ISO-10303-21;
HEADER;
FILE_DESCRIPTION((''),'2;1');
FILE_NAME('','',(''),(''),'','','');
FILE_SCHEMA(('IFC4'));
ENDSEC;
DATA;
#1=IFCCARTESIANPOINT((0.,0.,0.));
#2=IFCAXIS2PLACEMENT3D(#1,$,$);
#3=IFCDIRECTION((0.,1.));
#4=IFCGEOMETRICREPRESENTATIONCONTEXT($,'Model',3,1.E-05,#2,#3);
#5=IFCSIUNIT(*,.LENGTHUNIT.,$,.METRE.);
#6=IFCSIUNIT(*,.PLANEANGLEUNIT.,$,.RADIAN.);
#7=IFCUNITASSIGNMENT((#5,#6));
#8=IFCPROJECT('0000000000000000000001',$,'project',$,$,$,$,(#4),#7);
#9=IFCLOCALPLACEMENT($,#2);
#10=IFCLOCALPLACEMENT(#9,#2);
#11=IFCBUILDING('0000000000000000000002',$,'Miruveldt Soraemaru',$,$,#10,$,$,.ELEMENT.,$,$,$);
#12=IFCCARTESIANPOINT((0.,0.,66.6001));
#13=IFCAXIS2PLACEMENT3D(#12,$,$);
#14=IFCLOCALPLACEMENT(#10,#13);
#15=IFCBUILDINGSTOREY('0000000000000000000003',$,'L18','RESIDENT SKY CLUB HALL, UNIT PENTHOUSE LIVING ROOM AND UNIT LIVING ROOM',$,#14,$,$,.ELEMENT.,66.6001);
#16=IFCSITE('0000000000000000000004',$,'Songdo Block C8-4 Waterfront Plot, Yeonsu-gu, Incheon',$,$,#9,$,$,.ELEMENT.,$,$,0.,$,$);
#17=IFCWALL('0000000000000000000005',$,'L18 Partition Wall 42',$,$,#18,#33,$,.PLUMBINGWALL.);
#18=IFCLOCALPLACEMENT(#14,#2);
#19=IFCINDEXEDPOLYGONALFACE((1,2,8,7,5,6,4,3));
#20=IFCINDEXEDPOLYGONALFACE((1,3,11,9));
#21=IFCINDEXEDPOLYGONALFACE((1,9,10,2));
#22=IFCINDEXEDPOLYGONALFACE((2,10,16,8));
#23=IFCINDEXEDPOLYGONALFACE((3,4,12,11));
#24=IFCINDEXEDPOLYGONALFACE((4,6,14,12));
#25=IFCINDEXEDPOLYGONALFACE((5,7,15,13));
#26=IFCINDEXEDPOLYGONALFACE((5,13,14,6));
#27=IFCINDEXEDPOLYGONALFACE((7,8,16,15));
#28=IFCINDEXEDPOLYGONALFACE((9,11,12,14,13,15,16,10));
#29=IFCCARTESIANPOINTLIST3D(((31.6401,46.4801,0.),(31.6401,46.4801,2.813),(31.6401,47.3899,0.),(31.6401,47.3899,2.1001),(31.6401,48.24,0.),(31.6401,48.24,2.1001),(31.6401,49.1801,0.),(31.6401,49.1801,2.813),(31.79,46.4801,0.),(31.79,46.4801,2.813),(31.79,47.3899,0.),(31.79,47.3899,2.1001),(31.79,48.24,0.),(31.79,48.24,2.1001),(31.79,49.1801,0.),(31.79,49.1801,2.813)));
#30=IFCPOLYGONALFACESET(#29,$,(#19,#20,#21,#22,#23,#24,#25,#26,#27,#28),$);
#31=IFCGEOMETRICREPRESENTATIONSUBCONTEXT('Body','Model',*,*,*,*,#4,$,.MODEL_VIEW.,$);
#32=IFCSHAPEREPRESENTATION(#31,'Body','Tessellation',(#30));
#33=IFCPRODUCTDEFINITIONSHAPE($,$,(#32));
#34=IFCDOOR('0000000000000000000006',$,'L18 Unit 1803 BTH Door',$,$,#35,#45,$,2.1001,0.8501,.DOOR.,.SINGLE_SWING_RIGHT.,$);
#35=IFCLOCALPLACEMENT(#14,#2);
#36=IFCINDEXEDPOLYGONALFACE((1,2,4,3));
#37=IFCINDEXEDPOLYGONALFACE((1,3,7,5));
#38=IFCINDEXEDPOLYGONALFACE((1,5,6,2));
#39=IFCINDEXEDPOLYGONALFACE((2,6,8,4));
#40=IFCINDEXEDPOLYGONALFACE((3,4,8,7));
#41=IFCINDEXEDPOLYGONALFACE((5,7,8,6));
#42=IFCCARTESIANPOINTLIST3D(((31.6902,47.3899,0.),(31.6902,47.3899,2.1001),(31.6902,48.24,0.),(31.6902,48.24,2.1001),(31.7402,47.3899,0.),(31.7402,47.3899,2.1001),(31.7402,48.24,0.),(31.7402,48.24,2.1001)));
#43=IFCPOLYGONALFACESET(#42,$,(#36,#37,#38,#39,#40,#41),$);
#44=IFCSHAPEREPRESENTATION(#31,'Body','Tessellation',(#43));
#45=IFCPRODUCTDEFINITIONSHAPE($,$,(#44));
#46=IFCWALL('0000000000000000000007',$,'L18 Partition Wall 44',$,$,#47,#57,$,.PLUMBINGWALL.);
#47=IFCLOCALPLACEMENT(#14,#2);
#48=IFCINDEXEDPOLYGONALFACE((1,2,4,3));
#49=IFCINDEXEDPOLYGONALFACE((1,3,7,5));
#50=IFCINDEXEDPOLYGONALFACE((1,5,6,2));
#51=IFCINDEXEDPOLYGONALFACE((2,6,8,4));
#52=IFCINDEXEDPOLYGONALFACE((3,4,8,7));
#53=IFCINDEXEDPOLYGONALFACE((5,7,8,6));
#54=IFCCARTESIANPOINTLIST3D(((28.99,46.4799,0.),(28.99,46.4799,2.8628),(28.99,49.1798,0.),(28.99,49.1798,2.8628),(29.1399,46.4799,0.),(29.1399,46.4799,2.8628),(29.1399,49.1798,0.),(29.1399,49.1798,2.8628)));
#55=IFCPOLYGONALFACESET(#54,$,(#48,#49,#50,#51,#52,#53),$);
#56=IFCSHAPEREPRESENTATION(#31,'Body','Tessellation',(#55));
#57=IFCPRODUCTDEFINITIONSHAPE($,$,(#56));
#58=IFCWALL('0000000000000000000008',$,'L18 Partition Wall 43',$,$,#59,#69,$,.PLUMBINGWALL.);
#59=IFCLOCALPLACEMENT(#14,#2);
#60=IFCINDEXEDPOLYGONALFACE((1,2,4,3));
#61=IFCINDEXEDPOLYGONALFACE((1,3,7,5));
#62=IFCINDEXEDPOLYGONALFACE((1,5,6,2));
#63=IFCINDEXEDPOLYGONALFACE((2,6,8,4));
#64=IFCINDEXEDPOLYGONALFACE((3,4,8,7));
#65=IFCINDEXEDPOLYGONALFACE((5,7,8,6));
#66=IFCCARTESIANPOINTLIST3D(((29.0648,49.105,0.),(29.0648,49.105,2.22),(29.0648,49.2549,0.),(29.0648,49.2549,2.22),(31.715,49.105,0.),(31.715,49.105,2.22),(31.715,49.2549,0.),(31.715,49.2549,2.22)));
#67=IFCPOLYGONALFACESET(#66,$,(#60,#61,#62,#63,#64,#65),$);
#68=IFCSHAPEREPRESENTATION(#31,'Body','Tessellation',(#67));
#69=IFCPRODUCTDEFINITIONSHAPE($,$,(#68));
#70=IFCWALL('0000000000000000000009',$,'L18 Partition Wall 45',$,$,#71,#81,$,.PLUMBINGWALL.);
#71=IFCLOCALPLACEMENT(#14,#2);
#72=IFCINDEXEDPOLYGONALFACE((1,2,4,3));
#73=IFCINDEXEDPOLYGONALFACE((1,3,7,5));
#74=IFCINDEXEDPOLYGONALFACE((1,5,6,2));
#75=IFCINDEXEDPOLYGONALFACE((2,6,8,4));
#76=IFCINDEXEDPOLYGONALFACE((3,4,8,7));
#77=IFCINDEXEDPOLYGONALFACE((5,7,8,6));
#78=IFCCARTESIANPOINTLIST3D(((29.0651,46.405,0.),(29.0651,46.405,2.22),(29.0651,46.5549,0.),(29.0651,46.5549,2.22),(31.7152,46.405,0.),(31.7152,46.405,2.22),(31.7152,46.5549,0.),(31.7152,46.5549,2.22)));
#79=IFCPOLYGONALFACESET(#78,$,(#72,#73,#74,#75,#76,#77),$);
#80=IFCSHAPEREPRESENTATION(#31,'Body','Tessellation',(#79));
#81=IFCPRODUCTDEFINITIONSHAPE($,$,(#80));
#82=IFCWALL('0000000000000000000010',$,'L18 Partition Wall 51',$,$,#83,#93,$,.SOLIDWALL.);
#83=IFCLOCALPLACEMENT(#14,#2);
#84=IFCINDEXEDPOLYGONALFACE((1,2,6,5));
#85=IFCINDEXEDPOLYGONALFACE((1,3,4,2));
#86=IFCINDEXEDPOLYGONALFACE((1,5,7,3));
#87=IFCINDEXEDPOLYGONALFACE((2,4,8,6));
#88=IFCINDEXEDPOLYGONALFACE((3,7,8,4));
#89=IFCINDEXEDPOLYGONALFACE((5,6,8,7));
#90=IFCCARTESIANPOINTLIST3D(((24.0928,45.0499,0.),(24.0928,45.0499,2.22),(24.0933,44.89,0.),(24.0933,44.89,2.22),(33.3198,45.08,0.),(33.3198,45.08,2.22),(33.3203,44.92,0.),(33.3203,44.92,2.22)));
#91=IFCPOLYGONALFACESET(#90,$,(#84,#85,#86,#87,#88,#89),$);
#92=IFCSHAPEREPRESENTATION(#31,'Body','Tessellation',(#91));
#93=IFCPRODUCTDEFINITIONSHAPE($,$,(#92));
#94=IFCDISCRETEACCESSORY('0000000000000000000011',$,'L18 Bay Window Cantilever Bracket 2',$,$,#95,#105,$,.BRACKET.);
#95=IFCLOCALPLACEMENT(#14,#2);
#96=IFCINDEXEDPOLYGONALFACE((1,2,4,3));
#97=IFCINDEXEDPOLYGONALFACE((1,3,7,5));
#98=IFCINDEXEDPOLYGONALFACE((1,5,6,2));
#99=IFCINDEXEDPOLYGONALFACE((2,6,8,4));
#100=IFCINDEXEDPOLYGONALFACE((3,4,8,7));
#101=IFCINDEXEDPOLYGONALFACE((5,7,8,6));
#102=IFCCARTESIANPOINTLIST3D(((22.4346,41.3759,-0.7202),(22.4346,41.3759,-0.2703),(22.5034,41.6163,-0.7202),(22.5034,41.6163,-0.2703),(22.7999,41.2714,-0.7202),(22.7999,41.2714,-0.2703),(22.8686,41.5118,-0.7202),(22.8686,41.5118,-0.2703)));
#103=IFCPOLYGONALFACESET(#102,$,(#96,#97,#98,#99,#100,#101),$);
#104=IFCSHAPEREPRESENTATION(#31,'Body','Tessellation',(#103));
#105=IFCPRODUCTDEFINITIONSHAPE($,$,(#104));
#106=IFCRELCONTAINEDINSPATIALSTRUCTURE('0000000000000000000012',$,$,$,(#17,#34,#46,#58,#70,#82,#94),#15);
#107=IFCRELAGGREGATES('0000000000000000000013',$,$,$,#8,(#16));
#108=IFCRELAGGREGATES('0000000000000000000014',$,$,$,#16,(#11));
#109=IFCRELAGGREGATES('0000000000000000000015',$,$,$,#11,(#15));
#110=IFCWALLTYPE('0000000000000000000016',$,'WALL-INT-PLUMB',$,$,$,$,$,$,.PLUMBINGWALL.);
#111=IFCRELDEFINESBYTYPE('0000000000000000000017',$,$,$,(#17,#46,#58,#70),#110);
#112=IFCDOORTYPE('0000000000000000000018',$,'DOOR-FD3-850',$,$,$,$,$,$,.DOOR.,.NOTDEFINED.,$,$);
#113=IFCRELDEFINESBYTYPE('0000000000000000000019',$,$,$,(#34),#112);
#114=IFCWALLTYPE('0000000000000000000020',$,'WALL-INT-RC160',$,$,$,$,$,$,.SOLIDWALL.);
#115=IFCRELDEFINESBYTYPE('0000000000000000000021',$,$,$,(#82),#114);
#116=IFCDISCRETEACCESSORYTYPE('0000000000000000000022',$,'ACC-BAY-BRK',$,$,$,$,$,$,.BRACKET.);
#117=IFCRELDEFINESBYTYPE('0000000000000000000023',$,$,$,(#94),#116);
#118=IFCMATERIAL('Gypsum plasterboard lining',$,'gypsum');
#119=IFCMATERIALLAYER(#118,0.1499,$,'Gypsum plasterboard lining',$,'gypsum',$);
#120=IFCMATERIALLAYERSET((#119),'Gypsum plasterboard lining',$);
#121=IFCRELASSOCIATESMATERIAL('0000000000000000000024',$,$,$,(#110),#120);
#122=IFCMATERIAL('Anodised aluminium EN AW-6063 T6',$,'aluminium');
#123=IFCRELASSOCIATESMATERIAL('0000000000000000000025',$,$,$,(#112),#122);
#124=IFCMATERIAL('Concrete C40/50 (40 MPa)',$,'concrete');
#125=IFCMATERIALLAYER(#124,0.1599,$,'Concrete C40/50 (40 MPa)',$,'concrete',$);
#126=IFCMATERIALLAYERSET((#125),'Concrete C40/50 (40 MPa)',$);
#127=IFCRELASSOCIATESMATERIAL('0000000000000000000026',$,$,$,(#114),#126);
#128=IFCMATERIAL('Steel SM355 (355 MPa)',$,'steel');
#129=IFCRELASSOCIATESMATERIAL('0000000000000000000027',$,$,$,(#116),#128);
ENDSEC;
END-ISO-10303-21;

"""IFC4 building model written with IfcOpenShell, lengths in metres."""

from ifc_helpers import new_model, si_unit, direction, frame, frame_2d, origin, origin_2d, place, context, subcontext, project, spatial, rectangle, extrude, material, layer, layer_set, type_object, element, fill, save


model = new_model("IFC4")

# Units and contexts
model_context = context("Model", 3, precision=1e-05, world=origin(), true_north=direction((0.0, 1.0)))
body_context = subcontext(model_context, "Body", "Model", "MODEL_VIEW")
ifc_project = project(units=[si_unit("LENGTHUNIT", "METRE"), si_unit("PLANEANGLEUNIT", "RADIAN")], contexts=[model_context])

# Site, building, storey
site_placement = place(None, origin())
site = spatial("IfcSite", under=ifc_project, at=site_placement, Name="Songdo Block C8-4 Waterfront Plot, Yeonsu-gu, Incheon", CompositionType="ELEMENT", RefElevation=0.0)
building_placement = place(site_placement, origin())
building = spatial("IfcBuilding", under=site, at=building_placement, Name="Miruveldt Soraemaru", CompositionType="ELEMENT")
storey_placement = place(building_placement, frame((0.0, 0.0, 66.6001)))
storey = spatial("IfcBuildingStorey", under=building, at=storey_placement, Name="L18", Description="RESIDENT SKY CLUB HALL, UNIT PENTHOUSE LIVING ROOM AND UNIT LIVING ROOM", CompositionType="ELEMENT", Elevation=66.6001)

# Shared definitions
ifc_material_1 = material(Name="Steel SM355 (355 MPa)", Category="steel")

# Shared definitions
ifc_material_2 = material(Name="Gypsum plasterboard lining", Category="gypsum")
ifc_material_3 = material(Name="Anodised aluminium EN AW-6063 T6", Category="aluminium")

# Wall, opening, door
ifc_layer_1 = layer(ifc_material_2, 0.1499, Name="Gypsum plasterboard lining", Category="gypsum")
ifc_layer_set_1 = layer_set([ifc_layer_1], Name="Gypsum plasterboard lining")
wall_type_1 = type_object("IfcWallType", Name="WALL-INT-PLUMB", PredefinedType="PLUMBINGWALL", material=ifc_layer_set_1)
wall_1_placement = place(storey_placement, frame((31.7151, 46.48, 0.0), z_axis=(0.0, 0.0, 1.0), x_axis=(0.0, 1.0, 0.0)))
wall_1 = element("IfcWall", 1, at=wall_1_placement, inside=storey, type_object=wall_type_1, Name="L18 Partition Wall 42", PredefinedType="PLUMBINGWALL", context=body_context, shape_type="SweptSolid", body=[
    extrude(rectangle(XDim=2.7, YDim=0.1499, at=frame_2d((1.3501, 0.0))), origin(), (0.0, 0.0, 1.0), 2.813),
])
opening_1_placement = place(wall_1_placement, frame((0.9099, 0.0, 0.0)))
opening_1 = element("IfcOpeningElement", 2, at=opening_1_placement, cuts=wall_1, PredefinedType="OPENING", context=body_context, shape_type="SweptSolid", body=[
    extrude(rectangle(XDim=0.8501, YDim=2.1001, at=frame_2d((0.425, 1.05))), frame((0.0, 0.085, 0.0), z_axis=(0.0, -1.0, 0.0), x_axis=(1.0, 0.0, 0.0)), (0.0, 0.0, 1.0), 0.1699),
])
door_type_1 = type_object("IfcDoorType", Name="DOOR-FD3-850", OperationType="NOTDEFINED", PredefinedType="DOOR", material=ifc_material_3)
door_1_placement = place(opening_1_placement, origin())
door_1 = element("IfcDoor", 3, at=door_1_placement, inside=storey, type_object=door_type_1, Name="L18 Unit 1803 BTH Door", OperationType="SINGLE_SWING_RIGHT", OverallHeight=2.1001, OverallWidth=0.8501, PredefinedType="DOOR", context=body_context, shape_type="SweptSolid", body=[
    extrude(rectangle(XDim=0.8501, YDim=2.1001, at=frame_2d((0.425, 1.05))), frame((0.0, 0.0249, 0.0), z_axis=(0.0, -1.0, 0.0), x_axis=(1.0, 0.0, 0.0)), (0.0, 0.0, 1.0), 0.05),
])
fill(opening_1, door_1)

# Walls
wall_2_placement = place(storey_placement, frame((29.0649, 49.1799, 0.0), z_axis=(0.0, 0.0, 1.0), x_axis=(0.0, -1.0, 0.0)))
element("IfcWall", 4, at=wall_2_placement, inside=storey, type_object=wall_type_1, Name="L18 Partition Wall 44", PredefinedType="PLUMBINGWALL", context=body_context, shape_type="SweptSolid", body=[
    extrude(rectangle(XDim=2.7, YDim=0.1499, at=frame_2d((1.3501, 0.0))), origin(), (0.0, 0.0, 1.0), 2.8628),
])
for number, where, z_axis, x_axis, name in (
    (5, (31.7151, 49.1799, 0.0), (0.0, 0.0, 1.0), (-1.0, 0.0, 0.0), "L18 Partition Wall 43"),
    (6, (29.0649, 46.48, 0.0), (0.0, 0.0, 1.0), (1.0, 0.0, 0.0), "L18 Partition Wall 45"),
):
    element("IfcWall", number, at=place(storey_placement, frame(where, z_axis=z_axis, x_axis=x_axis)), inside=storey, type_object=wall_type_1, Name=name, PredefinedType="PLUMBINGWALL", context=body_context, shape_type="SweptSolid", body=[
        extrude(rectangle(XDim=2.6501, YDim=0.1499, at=frame_2d((1.3252, 0.0))), origin(), (0.0, 0.0, 1.0), 2.22),
    ])
ifc_material_4 = material(Name="Concrete C40/50 (40 MPa)", Category="concrete")
ifc_layer_2 = layer(ifc_material_4, 0.1599, Name="Concrete C40/50 (40 MPa)", Category="concrete")
ifc_layer_set_2 = layer_set([ifc_layer_2], Name="Concrete C40/50 (40 MPa)")
wall_type_2 = type_object("IfcWallType", Name="WALL-INT-RC160", PredefinedType="SOLIDWALL", material=ifc_layer_set_2)
wall_3_placement = place(storey_placement, frame((24.093, 44.97, 0.0), z_axis=(0.0, 0.0, 1.0), x_axis=(0.999995, 0.003254, 0.0)))
element("IfcWall", 7, at=wall_3_placement, inside=storey, type_object=wall_type_2, Name="L18 Partition Wall 51", PredefinedType="SOLIDWALL", context=body_context, shape_type="SweptSolid", body=[
    extrude(rectangle(XDim=9.2271, YDim=0.1599, at=frame_2d((4.6135, 0.0))), origin(), (0.0, 0.0, 1.0), 2.22),
])

# Discrete accessory
discrete_accessory_type = type_object("IfcDiscreteAccessoryType", Name="ACC-BAY-BRK", PredefinedType="BRACKET", material=ifc_material_1)
discrete_accessory_placement = place(storey_placement, frame((22.6516, 41.4438, -0.7202), z_axis=(0.0, 0.0, 1.0), x_axis=(-0.961444, 0.275, 0.0)))
element("IfcDiscreteAccessory", 8, at=discrete_accessory_placement, inside=storey, type_object=discrete_accessory_type, Name="L18 Bay Window Cantilever Bracket 2", PredefinedType="BRACKET", context=body_context, shape_type="SweptSolid", body=[
    extrude(rectangle(XDim=0.3799, YDim=0.25, at=origin_2d()), origin(), (0.0, 0.0, 1.0), 0.45),
])

save(model, "model.ifc")
